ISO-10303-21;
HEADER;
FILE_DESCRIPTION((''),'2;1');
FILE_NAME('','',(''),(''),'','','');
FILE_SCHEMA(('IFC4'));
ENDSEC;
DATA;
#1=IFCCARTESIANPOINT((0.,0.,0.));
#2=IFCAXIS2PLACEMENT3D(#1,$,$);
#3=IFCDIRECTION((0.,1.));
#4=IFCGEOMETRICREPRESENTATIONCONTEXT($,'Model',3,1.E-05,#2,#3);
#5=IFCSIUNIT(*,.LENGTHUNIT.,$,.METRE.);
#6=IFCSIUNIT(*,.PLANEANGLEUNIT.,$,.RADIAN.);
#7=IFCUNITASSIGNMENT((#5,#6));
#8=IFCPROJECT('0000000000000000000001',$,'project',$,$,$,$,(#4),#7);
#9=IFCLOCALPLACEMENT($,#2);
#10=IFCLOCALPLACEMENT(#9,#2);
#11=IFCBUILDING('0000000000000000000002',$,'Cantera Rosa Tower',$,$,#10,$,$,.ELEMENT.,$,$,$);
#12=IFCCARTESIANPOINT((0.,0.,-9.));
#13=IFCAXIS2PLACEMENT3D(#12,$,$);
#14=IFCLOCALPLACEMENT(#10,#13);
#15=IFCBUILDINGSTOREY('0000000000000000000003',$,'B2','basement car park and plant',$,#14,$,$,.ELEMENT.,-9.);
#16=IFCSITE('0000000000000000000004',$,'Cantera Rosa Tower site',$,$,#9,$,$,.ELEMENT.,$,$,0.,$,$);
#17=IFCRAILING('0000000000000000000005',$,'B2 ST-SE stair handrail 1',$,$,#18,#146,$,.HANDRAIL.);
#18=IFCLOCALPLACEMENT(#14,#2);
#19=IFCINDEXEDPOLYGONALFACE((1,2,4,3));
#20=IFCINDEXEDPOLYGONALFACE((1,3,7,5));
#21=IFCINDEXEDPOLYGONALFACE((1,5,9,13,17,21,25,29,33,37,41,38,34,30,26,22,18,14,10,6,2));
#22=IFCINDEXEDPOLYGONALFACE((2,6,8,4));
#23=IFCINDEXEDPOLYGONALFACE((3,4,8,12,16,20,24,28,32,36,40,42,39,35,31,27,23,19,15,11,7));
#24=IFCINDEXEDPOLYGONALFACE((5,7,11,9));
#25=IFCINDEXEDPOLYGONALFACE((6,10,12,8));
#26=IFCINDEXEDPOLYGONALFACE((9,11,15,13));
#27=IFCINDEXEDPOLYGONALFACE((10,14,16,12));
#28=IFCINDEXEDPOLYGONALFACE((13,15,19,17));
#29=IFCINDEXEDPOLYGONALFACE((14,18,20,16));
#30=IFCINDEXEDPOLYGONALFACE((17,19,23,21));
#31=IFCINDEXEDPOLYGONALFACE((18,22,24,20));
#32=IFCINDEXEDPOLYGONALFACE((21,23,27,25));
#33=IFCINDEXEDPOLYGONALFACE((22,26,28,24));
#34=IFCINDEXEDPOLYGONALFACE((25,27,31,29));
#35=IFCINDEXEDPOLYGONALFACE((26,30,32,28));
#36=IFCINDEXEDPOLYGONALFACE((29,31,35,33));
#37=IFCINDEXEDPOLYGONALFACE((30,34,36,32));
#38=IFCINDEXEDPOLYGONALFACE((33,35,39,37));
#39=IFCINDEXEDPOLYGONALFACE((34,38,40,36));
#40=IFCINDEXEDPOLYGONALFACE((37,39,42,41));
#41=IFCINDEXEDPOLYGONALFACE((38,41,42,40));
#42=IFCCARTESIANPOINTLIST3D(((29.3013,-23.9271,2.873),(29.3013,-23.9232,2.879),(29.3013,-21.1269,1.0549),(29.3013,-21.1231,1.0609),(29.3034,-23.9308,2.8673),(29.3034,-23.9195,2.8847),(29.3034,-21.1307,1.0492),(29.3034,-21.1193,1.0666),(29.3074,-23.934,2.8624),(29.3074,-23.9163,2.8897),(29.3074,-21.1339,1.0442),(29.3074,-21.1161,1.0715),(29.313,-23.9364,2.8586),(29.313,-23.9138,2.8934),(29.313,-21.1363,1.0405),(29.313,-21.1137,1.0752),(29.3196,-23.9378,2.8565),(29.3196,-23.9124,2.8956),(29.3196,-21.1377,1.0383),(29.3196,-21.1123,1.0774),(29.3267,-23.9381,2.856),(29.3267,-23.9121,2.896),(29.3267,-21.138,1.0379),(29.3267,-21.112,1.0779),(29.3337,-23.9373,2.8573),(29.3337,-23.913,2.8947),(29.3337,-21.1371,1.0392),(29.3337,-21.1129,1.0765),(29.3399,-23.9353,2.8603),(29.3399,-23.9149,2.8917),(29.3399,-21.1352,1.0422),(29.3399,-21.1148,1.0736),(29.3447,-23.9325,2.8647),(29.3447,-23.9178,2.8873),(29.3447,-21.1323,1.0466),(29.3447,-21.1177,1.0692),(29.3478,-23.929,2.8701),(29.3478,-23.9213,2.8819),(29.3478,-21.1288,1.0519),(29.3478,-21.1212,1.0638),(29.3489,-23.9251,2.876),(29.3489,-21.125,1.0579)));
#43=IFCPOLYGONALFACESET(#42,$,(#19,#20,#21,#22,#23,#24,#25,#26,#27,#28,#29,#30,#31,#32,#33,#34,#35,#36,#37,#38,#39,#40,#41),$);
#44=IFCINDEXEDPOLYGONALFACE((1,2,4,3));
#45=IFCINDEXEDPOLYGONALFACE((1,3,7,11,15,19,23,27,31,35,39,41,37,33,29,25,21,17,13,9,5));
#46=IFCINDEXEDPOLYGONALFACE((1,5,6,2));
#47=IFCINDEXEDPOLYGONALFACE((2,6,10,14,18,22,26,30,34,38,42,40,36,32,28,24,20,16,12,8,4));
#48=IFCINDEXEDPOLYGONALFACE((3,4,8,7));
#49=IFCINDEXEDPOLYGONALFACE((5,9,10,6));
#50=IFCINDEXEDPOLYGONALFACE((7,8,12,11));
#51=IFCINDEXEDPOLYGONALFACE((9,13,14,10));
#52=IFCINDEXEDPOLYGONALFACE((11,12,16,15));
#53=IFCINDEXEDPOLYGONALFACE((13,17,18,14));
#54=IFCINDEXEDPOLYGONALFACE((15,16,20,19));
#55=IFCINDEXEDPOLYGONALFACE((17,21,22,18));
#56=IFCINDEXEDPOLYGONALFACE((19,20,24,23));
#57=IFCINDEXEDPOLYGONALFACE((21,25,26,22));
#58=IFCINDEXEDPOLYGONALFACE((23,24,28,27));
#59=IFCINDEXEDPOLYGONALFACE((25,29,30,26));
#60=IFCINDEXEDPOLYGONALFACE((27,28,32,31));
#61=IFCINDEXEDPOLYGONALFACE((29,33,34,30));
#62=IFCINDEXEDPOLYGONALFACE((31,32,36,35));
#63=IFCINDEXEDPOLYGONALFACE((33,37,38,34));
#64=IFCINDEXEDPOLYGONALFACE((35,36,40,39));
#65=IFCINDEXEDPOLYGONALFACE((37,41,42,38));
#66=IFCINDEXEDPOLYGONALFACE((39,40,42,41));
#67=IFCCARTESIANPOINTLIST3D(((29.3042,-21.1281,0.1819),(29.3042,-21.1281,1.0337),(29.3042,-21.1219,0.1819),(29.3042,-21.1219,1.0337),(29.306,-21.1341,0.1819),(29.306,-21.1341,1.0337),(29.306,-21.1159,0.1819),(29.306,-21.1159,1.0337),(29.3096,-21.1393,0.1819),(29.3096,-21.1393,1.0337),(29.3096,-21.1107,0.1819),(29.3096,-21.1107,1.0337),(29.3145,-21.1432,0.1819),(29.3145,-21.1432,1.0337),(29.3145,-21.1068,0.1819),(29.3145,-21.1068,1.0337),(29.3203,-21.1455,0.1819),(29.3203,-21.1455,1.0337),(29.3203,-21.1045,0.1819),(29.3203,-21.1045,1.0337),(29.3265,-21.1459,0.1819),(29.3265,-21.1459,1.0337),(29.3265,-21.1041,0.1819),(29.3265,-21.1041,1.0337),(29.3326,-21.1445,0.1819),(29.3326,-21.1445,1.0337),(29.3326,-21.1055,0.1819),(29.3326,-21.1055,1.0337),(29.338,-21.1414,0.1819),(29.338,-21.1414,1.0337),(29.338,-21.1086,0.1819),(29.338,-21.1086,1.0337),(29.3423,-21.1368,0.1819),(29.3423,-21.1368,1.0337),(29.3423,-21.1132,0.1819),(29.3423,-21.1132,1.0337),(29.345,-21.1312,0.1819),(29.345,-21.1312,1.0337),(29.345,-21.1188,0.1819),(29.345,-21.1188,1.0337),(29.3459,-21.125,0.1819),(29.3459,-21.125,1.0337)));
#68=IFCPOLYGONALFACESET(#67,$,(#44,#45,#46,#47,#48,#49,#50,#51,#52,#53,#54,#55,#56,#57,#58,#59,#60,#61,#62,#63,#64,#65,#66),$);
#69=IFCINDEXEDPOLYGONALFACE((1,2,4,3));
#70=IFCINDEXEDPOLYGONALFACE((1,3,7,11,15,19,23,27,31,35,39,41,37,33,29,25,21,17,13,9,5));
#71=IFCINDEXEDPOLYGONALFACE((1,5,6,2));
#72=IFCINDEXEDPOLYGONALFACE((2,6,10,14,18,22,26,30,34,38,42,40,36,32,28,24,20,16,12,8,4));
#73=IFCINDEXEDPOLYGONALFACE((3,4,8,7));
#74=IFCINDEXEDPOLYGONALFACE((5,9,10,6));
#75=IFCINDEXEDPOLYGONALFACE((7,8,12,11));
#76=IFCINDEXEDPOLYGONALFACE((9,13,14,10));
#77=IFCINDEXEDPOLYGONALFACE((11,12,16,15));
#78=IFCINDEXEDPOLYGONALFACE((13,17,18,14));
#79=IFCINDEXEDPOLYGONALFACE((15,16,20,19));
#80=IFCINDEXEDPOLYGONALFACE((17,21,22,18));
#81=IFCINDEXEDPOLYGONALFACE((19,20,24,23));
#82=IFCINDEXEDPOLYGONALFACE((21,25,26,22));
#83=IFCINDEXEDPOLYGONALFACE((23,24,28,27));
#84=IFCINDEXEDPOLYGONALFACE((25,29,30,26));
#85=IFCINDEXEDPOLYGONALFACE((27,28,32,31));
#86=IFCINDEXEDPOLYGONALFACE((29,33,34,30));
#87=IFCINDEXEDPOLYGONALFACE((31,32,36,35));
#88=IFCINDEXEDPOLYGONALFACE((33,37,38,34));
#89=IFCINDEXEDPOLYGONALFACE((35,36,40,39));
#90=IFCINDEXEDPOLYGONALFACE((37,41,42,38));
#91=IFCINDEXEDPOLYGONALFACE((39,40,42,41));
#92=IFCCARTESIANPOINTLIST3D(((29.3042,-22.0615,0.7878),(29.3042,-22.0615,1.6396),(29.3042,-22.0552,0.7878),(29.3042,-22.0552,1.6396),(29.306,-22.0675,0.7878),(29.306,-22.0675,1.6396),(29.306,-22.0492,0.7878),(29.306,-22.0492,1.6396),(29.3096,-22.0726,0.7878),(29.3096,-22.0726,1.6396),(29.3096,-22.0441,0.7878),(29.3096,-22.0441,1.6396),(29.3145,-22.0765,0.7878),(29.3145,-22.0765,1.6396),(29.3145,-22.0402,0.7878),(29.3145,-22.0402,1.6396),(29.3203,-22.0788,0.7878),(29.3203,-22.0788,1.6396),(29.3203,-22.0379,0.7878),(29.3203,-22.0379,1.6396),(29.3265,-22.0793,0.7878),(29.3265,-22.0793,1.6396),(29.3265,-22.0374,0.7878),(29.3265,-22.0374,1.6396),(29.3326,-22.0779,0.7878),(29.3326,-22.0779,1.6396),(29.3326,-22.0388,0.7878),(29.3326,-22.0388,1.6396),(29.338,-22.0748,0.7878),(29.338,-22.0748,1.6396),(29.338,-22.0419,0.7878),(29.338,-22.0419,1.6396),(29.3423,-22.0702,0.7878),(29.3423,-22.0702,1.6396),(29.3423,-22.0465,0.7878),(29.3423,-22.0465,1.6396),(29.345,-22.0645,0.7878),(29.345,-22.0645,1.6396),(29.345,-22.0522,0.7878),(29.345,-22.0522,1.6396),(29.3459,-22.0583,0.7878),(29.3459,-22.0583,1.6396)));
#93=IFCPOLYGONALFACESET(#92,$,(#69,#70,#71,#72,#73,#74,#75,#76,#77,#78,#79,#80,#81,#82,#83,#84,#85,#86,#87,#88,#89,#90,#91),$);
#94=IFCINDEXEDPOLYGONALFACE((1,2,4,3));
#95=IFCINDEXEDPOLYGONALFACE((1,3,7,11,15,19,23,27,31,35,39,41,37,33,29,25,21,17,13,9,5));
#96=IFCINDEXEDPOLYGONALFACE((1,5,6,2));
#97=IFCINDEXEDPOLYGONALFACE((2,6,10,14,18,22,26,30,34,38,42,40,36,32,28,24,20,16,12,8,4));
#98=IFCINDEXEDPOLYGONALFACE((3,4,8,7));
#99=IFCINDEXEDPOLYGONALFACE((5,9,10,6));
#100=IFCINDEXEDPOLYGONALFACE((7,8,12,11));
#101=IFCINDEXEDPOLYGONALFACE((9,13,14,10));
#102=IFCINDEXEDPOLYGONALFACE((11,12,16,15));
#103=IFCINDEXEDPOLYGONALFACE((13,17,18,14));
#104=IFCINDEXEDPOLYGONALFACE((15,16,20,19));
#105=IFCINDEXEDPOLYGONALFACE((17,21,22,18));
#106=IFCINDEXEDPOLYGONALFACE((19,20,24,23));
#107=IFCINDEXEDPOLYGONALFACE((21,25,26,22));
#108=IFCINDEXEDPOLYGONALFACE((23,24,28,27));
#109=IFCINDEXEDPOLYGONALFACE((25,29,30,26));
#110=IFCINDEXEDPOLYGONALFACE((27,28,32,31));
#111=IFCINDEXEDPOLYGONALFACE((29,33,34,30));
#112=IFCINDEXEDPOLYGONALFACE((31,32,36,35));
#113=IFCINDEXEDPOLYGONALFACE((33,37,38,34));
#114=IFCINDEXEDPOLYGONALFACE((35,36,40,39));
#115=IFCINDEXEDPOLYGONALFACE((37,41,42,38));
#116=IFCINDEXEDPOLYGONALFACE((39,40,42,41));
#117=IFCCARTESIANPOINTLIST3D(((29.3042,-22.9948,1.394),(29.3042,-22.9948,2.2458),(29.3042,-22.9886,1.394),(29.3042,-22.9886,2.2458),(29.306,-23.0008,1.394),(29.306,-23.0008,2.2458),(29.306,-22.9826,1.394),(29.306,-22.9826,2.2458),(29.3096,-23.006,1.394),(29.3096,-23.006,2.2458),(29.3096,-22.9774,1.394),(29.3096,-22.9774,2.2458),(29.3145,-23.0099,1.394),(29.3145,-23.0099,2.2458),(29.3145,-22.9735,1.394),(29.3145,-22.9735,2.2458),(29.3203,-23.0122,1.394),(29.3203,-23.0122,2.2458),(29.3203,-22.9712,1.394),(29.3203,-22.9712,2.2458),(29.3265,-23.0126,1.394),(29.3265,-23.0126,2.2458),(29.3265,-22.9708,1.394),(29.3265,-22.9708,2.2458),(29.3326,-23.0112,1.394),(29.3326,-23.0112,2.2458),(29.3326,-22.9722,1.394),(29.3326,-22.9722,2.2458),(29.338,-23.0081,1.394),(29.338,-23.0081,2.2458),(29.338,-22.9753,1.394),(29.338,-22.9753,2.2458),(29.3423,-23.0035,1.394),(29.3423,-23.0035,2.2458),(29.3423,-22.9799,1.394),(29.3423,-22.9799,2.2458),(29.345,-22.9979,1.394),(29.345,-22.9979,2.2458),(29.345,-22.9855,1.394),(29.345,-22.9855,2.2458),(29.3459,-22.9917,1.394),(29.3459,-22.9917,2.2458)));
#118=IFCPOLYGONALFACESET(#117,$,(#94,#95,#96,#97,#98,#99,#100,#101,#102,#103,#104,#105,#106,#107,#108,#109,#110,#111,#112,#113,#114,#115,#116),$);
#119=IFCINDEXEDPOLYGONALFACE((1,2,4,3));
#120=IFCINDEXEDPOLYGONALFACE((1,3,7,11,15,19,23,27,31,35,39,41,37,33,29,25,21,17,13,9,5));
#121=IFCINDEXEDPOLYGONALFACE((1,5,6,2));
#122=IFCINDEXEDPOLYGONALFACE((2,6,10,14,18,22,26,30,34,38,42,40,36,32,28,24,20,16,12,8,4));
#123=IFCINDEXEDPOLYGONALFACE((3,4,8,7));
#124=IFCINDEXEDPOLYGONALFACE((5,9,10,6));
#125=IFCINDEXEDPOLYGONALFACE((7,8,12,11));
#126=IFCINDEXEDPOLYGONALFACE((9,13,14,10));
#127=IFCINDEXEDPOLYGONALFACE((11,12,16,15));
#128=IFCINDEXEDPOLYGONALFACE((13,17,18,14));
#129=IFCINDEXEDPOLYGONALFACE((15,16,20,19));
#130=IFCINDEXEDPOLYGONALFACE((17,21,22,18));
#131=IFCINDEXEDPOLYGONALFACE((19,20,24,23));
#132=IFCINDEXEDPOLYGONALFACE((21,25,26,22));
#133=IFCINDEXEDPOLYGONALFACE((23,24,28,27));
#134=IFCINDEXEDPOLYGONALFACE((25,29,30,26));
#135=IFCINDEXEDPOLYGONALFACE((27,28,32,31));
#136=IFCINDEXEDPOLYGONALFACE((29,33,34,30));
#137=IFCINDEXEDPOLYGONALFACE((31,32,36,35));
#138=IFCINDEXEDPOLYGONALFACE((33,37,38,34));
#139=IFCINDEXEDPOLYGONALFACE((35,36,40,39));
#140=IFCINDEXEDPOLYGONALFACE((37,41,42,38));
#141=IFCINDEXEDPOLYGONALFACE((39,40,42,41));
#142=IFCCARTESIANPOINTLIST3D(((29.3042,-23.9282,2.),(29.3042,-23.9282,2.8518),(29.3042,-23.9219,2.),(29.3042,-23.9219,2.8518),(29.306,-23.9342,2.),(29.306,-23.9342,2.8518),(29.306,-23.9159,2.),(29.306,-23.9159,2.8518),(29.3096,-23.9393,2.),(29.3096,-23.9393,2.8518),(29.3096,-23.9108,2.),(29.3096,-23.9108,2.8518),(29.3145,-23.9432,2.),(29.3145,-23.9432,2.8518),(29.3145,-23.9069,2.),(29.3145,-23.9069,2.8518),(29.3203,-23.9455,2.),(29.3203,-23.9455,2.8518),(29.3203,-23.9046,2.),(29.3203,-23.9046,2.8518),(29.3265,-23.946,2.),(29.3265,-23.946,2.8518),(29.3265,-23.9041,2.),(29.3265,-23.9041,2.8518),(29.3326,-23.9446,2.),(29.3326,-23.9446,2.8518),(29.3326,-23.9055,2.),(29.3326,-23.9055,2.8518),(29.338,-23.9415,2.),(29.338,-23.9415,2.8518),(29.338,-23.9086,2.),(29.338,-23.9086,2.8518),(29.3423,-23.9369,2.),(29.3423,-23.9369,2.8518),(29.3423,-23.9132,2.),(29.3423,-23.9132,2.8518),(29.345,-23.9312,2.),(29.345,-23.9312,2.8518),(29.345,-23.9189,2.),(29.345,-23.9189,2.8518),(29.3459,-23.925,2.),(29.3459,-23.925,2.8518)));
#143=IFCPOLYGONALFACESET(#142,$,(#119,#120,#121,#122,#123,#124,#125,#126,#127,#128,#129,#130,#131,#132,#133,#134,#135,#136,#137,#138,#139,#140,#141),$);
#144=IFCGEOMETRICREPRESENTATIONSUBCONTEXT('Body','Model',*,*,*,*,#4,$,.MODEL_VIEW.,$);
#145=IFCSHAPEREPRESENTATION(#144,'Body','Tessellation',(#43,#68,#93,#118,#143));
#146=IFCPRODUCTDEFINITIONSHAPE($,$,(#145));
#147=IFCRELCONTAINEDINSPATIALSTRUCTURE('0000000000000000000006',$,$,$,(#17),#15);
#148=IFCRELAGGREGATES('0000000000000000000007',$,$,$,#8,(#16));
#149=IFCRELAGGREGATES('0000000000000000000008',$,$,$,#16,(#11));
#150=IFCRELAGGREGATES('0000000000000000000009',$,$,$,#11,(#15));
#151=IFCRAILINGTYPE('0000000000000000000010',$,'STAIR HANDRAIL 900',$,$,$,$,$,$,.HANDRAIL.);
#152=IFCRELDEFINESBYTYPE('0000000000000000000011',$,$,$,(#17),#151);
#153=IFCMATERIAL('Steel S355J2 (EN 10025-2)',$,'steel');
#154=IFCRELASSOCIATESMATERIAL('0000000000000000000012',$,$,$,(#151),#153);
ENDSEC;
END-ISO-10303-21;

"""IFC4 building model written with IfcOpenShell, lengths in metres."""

from ifc_helpers import new_model, si_unit, direction, frame, origin, origin_2d, place, context, subcontext, project, spatial, circle, extrude, material, type_object, element, save


model = new_model("IFC4")

# Units and contexts
model_context = context("Model", 3, precision=1e-05, world=origin(), true_north=direction((0.0, 1.0)))
body_context = subcontext(model_context, "Body", "Model", "MODEL_VIEW")
ifc_project = project(units=[si_unit("LENGTHUNIT", "METRE"), si_unit("PLANEANGLEUNIT", "RADIAN")], contexts=[model_context])

# Site, building, storey
site_placement = place(None, origin())
site = spatial("IfcSite", under=ifc_project, at=site_placement, Name="Cantera Rosa Tower site", CompositionType="ELEMENT", RefElevation=0.0)
building_placement = place(site_placement, origin())
building = spatial("IfcBuilding", under=site, at=building_placement, Name="Cantera Rosa Tower", CompositionType="ELEMENT")
storey_placement = place(building_placement, frame((0.0, 0.0, -9.0)))
storey = spatial("IfcBuildingStorey", under=building, at=storey_placement, Name="B2", Description="basement car park and plant", CompositionType="ELEMENT", Elevation=-9.0)

# Railing
ifc_material_1 = material(Name="Steel S355J2 (EN 10025-2)", Category="steel")
railing_type_1 = type_object("IfcRailingType", Name="STAIR HANDRAIL 900", PredefinedType="HANDRAIL", material=ifc_material_1)
railing_1_placement = place(storey_placement, frame((29.325, -21.125, 0.1819)))
element("IfcRailing", 1, at=railing_1_placement, inside=storey, type_object=railing_type_1, Name="B2 ST-SE stair handrail 1", PredefinedType="HANDRAIL", context=body_context, shape_type="SweptSolid", body=[
    extrude(circle(Radius=0.0239, at=origin_2d()), frame((0.0, 0.0, 0.876), z_axis=(0.0, -0.838706, 0.544585), x_axis=(1.0, 0.0, 0.0)), (0.0, 0.0, 1.0), 3.3386),
    extrude(circle(Radius=0.021, at=origin_2d()), origin(), (0.0, 0.0, 1.0), 0.8518),
    extrude(circle(Radius=0.021, at=origin_2d()), frame((0.0, -0.9333, 0.606)), (0.0, 0.0, 1.0), 0.8518),
    extrude(circle(Radius=0.021, at=origin_2d()), frame((0.0, -1.8667, 1.2122)), (0.0, 0.0, 1.0), 0.8518),
    extrude(circle(Radius=0.021, at=origin_2d()), frame((0.0, -2.8, 1.8181)), (0.0, 0.0, 1.0), 0.8518),
])

save(model, "model.ifc")
